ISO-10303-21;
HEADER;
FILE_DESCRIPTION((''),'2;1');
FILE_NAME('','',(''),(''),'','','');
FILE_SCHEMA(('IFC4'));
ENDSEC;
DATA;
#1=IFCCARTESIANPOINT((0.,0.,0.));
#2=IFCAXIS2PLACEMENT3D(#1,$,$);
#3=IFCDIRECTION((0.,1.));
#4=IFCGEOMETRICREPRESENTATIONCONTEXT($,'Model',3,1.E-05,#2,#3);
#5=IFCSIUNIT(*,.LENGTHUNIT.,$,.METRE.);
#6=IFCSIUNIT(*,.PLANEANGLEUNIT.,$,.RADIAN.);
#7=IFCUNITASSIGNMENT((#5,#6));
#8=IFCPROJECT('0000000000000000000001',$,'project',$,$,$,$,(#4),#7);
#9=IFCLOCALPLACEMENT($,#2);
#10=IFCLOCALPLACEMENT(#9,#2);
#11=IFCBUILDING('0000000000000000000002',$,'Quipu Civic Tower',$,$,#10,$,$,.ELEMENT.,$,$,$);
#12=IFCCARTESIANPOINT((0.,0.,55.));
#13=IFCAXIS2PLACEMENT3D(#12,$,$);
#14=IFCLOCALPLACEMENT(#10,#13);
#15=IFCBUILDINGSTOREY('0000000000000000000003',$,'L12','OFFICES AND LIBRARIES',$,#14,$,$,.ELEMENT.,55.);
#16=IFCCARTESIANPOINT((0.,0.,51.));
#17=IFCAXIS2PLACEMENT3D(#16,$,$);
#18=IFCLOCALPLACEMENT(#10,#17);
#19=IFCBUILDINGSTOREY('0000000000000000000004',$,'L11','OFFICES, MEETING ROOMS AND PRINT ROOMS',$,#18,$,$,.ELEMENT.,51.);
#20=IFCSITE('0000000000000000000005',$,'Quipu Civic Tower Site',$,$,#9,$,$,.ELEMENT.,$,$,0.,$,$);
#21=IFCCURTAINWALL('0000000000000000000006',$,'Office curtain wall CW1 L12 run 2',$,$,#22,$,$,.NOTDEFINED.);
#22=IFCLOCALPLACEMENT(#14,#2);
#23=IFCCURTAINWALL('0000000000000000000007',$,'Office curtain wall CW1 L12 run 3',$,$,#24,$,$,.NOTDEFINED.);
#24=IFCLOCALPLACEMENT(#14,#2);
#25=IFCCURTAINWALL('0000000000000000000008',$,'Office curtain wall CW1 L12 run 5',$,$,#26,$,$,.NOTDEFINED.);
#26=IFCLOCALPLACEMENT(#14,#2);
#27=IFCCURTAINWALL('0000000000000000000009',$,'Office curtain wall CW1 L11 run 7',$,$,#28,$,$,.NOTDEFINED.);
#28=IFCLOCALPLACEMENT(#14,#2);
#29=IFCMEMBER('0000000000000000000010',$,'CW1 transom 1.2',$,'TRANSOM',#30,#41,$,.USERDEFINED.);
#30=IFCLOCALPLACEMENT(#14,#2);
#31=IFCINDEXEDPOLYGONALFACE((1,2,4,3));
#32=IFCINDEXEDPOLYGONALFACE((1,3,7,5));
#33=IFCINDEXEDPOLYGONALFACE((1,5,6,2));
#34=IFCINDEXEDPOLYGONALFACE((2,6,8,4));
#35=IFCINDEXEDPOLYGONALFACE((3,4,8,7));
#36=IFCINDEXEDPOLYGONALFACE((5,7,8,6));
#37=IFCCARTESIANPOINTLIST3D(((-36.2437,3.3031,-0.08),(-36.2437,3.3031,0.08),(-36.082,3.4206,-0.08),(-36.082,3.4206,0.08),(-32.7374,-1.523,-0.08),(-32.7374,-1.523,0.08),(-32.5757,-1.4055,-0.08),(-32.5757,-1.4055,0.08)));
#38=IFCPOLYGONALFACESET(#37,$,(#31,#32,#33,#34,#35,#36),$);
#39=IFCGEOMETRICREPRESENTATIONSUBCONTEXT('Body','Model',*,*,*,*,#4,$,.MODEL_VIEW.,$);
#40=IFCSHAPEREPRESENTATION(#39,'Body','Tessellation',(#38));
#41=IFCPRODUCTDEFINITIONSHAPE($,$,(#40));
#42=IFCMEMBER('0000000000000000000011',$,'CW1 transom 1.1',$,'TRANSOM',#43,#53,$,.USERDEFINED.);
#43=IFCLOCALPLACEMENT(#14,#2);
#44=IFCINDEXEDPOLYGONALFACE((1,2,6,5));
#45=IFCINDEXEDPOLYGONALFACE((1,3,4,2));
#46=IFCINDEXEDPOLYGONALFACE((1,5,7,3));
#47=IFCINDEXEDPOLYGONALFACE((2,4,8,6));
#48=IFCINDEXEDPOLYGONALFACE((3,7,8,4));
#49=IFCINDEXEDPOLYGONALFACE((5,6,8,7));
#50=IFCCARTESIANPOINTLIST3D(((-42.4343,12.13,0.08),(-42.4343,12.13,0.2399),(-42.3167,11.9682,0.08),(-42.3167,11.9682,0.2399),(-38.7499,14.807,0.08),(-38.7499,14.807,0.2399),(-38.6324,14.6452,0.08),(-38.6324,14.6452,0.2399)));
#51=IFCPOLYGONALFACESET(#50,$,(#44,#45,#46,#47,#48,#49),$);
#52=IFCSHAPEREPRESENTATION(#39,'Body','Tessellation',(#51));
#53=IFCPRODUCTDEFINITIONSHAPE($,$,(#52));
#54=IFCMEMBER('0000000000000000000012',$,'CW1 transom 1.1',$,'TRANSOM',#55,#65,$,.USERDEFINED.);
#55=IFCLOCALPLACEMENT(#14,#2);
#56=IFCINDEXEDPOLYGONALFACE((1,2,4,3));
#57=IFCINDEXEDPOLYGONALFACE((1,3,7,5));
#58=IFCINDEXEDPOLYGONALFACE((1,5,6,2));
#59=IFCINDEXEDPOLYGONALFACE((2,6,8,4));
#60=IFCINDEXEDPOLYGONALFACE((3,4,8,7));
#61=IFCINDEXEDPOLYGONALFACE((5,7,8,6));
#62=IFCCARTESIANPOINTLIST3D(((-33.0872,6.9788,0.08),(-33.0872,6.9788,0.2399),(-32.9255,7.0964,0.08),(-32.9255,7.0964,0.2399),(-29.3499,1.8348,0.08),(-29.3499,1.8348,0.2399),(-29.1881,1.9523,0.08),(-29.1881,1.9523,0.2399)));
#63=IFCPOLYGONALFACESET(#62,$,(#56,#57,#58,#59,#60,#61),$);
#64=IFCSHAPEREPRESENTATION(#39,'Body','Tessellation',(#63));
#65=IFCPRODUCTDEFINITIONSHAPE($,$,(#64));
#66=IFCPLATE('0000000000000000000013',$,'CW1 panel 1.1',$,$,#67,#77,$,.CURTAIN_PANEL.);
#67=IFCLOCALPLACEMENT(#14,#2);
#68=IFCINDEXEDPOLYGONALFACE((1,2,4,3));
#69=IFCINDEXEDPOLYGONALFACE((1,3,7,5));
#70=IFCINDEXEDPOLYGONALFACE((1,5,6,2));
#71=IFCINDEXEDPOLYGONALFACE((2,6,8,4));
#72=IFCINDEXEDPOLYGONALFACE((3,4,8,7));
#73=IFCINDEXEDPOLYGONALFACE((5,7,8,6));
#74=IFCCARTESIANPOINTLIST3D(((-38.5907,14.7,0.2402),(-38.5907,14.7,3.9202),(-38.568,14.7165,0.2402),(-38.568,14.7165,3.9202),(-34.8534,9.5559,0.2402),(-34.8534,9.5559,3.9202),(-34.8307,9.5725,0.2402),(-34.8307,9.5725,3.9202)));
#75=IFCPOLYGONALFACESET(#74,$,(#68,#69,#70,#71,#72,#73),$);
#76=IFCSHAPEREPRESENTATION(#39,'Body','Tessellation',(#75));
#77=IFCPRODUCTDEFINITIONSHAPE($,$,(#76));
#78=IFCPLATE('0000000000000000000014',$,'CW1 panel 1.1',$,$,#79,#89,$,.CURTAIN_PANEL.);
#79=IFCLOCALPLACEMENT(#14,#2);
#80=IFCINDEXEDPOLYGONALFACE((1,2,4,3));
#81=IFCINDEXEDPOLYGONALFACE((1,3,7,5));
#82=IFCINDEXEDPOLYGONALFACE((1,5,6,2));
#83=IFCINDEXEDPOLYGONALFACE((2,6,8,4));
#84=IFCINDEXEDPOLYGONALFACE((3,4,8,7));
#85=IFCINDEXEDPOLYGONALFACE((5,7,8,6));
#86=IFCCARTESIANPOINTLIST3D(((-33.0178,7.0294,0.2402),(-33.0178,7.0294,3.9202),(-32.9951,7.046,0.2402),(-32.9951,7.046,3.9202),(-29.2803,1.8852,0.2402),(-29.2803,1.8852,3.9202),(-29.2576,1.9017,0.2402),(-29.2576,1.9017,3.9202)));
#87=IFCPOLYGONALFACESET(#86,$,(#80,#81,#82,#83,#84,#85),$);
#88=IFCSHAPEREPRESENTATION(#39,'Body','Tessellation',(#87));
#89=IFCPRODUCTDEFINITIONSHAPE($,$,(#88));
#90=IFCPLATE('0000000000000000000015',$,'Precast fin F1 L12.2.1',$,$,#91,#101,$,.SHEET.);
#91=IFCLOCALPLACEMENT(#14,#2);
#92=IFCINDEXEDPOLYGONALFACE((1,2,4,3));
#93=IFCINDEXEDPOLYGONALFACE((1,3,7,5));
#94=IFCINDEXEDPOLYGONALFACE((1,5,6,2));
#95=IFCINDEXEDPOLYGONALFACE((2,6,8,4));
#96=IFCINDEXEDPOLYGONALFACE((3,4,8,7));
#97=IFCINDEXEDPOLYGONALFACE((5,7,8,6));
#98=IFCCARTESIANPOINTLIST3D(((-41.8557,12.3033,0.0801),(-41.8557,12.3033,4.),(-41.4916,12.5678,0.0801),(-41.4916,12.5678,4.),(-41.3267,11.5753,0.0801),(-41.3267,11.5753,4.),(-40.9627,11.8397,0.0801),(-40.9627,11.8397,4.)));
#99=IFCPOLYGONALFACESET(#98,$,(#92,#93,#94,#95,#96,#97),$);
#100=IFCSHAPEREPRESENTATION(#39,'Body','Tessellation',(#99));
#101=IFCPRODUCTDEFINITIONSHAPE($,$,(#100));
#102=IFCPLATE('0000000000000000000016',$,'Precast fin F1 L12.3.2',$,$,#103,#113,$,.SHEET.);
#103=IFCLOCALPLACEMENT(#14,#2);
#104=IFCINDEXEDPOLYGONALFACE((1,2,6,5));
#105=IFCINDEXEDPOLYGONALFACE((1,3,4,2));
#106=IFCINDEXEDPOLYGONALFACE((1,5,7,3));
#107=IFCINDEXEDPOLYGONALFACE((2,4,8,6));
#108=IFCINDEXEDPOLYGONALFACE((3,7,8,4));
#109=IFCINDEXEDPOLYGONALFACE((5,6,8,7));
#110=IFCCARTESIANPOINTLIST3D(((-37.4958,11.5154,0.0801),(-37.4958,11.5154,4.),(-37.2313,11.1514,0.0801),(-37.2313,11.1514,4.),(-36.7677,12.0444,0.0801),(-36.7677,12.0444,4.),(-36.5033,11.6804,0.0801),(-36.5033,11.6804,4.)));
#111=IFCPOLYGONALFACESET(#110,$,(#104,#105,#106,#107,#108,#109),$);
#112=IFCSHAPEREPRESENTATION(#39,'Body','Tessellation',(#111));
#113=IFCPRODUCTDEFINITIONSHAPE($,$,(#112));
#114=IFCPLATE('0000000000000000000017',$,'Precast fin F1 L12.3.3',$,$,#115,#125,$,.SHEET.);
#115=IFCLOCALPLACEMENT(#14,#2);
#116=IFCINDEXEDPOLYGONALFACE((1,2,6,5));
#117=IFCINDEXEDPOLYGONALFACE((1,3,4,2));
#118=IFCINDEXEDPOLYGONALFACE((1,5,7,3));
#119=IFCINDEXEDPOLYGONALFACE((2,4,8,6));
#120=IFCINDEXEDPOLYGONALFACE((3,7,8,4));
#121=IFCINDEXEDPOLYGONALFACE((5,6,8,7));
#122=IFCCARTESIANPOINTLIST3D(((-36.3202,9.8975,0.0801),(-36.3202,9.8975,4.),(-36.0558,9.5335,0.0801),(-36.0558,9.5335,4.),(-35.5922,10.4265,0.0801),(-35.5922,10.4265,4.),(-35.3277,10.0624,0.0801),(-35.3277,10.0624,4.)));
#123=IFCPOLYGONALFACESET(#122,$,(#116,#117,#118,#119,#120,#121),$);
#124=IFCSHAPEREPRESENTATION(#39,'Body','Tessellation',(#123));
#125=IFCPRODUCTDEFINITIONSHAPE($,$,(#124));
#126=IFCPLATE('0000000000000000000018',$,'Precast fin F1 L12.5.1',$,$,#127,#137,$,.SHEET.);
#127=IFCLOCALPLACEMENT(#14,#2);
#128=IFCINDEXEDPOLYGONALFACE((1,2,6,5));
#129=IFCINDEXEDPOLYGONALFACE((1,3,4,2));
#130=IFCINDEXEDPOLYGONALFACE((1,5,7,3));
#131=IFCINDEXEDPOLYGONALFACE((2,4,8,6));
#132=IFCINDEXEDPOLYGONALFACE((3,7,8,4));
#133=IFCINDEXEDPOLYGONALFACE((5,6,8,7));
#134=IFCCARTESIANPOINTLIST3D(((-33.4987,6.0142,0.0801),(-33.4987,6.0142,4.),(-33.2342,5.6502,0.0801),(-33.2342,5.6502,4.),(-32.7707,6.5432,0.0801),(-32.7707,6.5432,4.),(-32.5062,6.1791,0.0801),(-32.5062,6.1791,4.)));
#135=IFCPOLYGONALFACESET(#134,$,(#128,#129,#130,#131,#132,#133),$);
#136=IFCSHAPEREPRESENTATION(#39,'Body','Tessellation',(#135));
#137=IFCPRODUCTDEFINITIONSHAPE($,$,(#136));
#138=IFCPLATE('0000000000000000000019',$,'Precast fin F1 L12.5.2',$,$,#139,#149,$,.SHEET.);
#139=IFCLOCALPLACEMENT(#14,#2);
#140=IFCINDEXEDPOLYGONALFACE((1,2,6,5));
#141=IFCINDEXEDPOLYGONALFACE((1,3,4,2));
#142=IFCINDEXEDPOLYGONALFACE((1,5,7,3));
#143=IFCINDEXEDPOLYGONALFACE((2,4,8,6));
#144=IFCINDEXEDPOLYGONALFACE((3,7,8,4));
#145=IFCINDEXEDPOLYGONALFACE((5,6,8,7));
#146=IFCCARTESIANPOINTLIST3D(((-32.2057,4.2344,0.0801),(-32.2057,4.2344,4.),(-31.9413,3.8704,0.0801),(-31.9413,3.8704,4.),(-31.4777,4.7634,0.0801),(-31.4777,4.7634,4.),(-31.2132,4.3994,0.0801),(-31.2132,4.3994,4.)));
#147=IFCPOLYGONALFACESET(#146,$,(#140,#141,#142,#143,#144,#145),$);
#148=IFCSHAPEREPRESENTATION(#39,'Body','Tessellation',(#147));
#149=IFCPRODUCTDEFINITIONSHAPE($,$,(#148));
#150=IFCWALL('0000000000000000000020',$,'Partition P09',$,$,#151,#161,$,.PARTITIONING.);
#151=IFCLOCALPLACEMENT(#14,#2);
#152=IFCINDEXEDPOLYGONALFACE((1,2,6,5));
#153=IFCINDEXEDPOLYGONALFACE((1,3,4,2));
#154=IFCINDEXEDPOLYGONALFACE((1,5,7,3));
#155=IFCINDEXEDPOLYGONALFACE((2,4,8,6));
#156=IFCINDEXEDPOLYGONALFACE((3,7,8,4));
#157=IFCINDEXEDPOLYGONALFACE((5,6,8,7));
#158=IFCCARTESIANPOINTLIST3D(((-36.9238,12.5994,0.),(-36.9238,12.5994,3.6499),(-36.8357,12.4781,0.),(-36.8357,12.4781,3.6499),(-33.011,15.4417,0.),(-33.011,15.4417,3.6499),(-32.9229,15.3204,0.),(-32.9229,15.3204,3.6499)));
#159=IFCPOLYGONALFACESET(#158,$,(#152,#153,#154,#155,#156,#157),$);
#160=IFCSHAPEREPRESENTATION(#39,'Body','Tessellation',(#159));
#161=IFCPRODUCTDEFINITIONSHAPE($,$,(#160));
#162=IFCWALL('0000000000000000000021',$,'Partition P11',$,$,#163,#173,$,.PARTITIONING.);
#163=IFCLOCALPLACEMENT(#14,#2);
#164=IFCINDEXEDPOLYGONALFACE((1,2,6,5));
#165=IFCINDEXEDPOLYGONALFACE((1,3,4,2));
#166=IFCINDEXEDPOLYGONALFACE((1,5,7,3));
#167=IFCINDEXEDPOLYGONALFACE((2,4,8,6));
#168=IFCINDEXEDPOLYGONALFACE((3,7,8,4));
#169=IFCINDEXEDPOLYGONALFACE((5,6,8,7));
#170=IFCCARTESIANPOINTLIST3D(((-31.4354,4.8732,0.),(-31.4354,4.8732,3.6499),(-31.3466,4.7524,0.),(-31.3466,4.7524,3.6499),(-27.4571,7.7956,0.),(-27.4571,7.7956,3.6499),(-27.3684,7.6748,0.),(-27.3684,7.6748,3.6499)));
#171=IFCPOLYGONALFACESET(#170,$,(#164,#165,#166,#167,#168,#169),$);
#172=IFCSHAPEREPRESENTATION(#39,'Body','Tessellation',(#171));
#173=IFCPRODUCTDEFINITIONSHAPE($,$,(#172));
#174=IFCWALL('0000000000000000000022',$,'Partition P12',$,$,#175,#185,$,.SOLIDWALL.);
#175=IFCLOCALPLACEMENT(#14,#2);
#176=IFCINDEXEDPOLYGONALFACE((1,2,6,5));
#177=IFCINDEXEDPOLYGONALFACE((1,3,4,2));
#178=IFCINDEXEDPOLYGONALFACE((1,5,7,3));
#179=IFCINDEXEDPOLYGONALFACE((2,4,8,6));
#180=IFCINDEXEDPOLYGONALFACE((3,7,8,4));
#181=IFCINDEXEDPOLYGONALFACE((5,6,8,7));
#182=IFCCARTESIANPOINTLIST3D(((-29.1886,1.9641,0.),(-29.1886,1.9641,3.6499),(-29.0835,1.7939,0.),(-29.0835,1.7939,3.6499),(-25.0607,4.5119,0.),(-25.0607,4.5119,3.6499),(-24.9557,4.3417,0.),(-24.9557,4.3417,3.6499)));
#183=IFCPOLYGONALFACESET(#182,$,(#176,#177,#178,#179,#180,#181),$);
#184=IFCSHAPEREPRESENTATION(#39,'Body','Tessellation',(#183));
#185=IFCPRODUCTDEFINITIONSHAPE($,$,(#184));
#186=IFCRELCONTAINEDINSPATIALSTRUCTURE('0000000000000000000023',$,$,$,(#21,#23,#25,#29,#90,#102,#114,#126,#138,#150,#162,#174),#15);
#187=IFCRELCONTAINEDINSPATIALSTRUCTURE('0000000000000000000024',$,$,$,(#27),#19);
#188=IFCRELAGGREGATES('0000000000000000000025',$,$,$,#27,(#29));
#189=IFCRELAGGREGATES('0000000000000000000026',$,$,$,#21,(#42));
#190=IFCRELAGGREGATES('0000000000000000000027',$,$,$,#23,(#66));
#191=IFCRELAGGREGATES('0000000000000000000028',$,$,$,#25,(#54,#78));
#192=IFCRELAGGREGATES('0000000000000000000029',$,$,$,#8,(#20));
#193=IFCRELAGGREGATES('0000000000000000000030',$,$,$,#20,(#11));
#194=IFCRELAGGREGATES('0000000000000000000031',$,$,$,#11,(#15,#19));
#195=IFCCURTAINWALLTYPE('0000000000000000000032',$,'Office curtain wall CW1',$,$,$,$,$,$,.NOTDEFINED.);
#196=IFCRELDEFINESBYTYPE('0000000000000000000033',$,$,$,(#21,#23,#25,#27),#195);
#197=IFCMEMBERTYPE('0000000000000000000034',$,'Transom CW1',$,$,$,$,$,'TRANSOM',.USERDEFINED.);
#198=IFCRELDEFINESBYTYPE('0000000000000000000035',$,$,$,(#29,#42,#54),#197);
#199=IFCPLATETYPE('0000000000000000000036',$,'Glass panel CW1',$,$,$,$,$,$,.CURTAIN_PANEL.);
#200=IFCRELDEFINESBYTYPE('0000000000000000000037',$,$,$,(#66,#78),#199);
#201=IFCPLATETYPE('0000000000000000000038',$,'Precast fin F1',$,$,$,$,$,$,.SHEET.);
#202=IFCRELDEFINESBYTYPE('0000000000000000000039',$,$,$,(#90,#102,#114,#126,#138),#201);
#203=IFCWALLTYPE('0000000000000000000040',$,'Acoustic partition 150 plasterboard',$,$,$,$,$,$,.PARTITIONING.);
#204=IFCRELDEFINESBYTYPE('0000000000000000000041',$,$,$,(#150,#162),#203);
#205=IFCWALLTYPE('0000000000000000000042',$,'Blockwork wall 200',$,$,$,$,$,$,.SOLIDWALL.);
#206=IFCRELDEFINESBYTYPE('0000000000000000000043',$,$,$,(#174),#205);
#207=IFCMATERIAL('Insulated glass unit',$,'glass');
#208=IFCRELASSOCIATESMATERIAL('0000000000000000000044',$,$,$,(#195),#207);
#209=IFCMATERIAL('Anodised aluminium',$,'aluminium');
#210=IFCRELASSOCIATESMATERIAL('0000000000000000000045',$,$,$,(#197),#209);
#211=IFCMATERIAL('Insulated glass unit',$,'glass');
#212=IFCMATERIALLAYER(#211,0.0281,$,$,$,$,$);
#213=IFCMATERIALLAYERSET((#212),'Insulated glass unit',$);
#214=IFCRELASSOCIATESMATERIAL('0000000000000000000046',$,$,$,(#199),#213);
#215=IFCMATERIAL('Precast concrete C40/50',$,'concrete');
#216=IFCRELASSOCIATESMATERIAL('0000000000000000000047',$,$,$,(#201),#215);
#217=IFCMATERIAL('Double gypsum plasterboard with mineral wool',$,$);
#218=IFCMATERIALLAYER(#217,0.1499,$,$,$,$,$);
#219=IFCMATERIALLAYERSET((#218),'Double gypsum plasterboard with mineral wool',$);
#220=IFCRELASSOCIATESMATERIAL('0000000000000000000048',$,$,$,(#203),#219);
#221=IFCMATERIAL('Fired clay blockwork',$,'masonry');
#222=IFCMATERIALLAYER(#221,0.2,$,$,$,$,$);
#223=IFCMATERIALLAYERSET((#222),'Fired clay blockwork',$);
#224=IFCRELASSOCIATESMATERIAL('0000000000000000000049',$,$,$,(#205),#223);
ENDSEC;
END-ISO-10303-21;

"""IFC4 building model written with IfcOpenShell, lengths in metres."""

from ifc_helpers import new_model, si_unit, direction, frame, frame_2d, origin, origin_2d, place, context, subcontext, project, spatial, rectangle, extrude, material, layer, layer_set, material_profile, profile_set, type_object, element, aggregate, save


model = new_model("IFC4")

# Units and contexts
model_context = context("Model", 3, precision=1e-05, world=origin(), true_north=direction((0.0, 1.0)))
body_context = subcontext(model_context, "Body", "Model", "MODEL_VIEW")
ifc_project = project(units=[si_unit("LENGTHUNIT", "METRE"), si_unit("PLANEANGLEUNIT", "RADIAN")], contexts=[model_context])

# Site, building, storey
site_placement = place(None, origin())
site = spatial("IfcSite", under=ifc_project, at=site_placement, Name="Quipu Civic Tower Site", CompositionType="ELEMENT", RefElevation=0.0)
building_placement = place(site_placement, origin())
building = spatial("IfcBuilding", under=site, at=building_placement, Name="Quipu Civic Tower", CompositionType="ELEMENT")
storey_1_placement = place(building_placement, frame((0.0, 0.0, 55.0)))
storey_1 = spatial("IfcBuildingStorey", under=building, at=storey_1_placement, Name="L12", Description="OFFICES AND LIBRARIES", CompositionType="ELEMENT", Elevation=55.0)

# Curtain walls
ifc_material_1 = material(Name="Insulated glass unit", Category="glass")
curtain_wall_type = type_object("IfcCurtainWallType", Name="Office curtain wall CW1", PredefinedType="NOTDEFINED", material=ifc_material_1)
curtain_wall_1_placement = place(storey_1_placement, origin())
curtain_wall_1 = element("IfcCurtainWall", 1, at=curtain_wall_1_placement, inside=storey_1, type_object=curtain_wall_type, Name="Office curtain wall CW1 L12 run 2", PredefinedType="NOTDEFINED")
curtain_wall_2_placement = place(storey_1_placement, origin())
curtain_wall_2 = element("IfcCurtainWall", 2, at=curtain_wall_2_placement, inside=storey_1, type_object=curtain_wall_type, Name="Office curtain wall CW1 L12 run 3", PredefinedType="NOTDEFINED")

# Curtain wall
curtain_wall_3_placement = place(storey_1_placement, origin())
curtain_wall_3 = element("IfcCurtainWall", 3, at=curtain_wall_3_placement, inside=storey_1, type_object=curtain_wall_type, Name="Office curtain wall CW1 L12 run 5", PredefinedType="NOTDEFINED")

# Shared definitions
storey_2_placement = place(building_placement, frame((0.0, 0.0, 51.0)))
storey_2 = spatial("IfcBuildingStorey", under=building, at=storey_2_placement, Name="L11", Description="OFFICES, MEETING ROOMS AND PRINT ROOMS", CompositionType="ELEMENT", Elevation=51.0)

# Curtain wall, member
ifc_material_2 = material(Name="Anodised aluminium", Category="aluminium")
ifc_material_profile_1 = material_profile(ifc_material_2, rectangle(XDim=0.2, YDim=0.1599, at=origin_2d()), Name="RECT 200x160")
ifc_profile_set_1 = profile_set([ifc_material_profile_1], Name="Anodised aluminium")
member_type_1 = type_object("IfcMemberType", Name="Transom CW1", ElementType="TRANSOM", PredefinedType="USERDEFINED", material=ifc_profile_set_1)
curtain_wall_4_placement = place(storey_2_placement, origin())
curtain_wall_4 = element("IfcCurtainWall", 4, at=curtain_wall_4_placement, inside=storey_2, type_object=curtain_wall_type, Name="Office curtain wall CW1 L11 run 7", PredefinedType="NOTDEFINED")
member_1_placement = place(storey_1_placement, frame((-36.1628, 3.3618, 0.0), z_axis=(0.587777, -0.809023, 0.0), x_axis=(0.809023, 0.587777, 0.0)))
member_1 = element("IfcMember", 5, at=member_1_placement, inside=storey_1, type_object=member_type_1, Name="CW1 transom 1.2", ObjectType="TRANSOM", PredefinedType="USERDEFINED", context=body_context, shape_type="SweptSolid", body=[
    extrude(rectangle(XDim=0.2, YDim=0.1599, at=origin_2d()), origin(), (0.0, 0.0, 1.0), 5.9653),
])
aggregate(curtain_wall_4, [member_1])

# Members
member_2_placement = place(storey_1_placement, frame((-42.3755, 12.0491, 0.1599), z_axis=(0.808998, 0.587811, 0.0), x_axis=(-0.587811, 0.808998, 0.0)))
member_2 = element("IfcMember", 6, at=member_2_placement, type_object=member_type_1, Name="CW1 transom 1.1", ObjectType="TRANSOM", PredefinedType="USERDEFINED", context=body_context, shape_type="SweptSolid", body=[
    extrude(rectangle(XDim=0.2, YDim=0.1599, at=origin_2d()), origin(), (0.0, 0.0, 1.0), 4.5542),
])
aggregate(curtain_wall_1, [member_2])
member_3_placement = place(storey_1_placement, frame((-33.0063, 7.0376, 0.1599), z_axis=(0.587779, -0.809022, 0.0), x_axis=(0.809022, 0.587779, 0.0)))
member_3 = element("IfcMember", 7, at=member_3_placement, type_object=member_type_1, Name="CW1 transom 1.1", ObjectType="TRANSOM", PredefinedType="USERDEFINED", context=body_context, shape_type="SweptSolid", body=[
    extrude(rectangle(XDim=0.2, YDim=0.1599, at=origin_2d()), origin(), (0.0, 0.0, 1.0), 6.3584),
])

# Plates
ifc_material_3 = material(Name="Insulated glass unit", Category="glass")
ifc_layer_1 = layer(ifc_material_3, 0.0281)
ifc_layer_set_1 = layer_set([ifc_layer_1], Name="Insulated glass unit")
plate_type_1 = type_object("IfcPlateType", Name="Glass panel CW1", PredefinedType="CURTAIN_PANEL", material=ifc_layer_set_1)
plate_1_placement = place(storey_1_placement, frame((-36.7107, 12.1362, 0.2402), z_axis=(0.0, 0.0, 1.0), x_axis=(0.587783, -0.809019, 0.0)))
plate_1 = element("IfcPlate", 8, at=plate_1_placement, type_object=plate_type_1, Name="CW1 panel 1.1", PredefinedType="CURTAIN_PANEL", context=body_context, shape_type="SweptSolid", body=[
    extrude(rectangle(XDim=6.3584, YDim=0.0281, at=origin_2d()), origin(), (0.0, 0.0, 1.0), 3.6799),
])
aggregate(curtain_wall_2, [plate_1])
plate_2_placement = place(storey_1_placement, frame((-31.1377, 4.4656, 0.2402), z_axis=(0.0, 0.0, 1.0), x_axis=(0.587786, -0.809017, 0.0)))
plate_2 = element("IfcPlate", 9, at=plate_2_placement, type_object=plate_type_1, Name="CW1 panel 1.1", PredefinedType="CURTAIN_PANEL", context=body_context, shape_type="SweptSolid", body=[
    extrude(rectangle(XDim=6.3586, YDim=0.0281, at=origin_2d()), origin(), (0.0, 0.0, 1.0), 3.6799),
])
aggregate(curtain_wall_3, [member_3, plate_2])

# Plates
ifc_material_4 = material(Name="Precast concrete C40/50", Category="concrete")
plate_type_2 = type_object("IfcPlateType", Name="Precast fin F1", PredefinedType="SHEET", material=ifc_material_4)
for number, where, z_axis, x_axis, name in (
    (10, (-41.4092, 12.0715, 0.0801), (0.0, 0.0, 1.0), (0.809023, 0.587777, 0.0), "Precast fin F1 L12.2.1"),
    (11, (-36.9995, 11.5979, 0.0801), (0.0, 0.0, 1.0), (0.587787, -0.809016, 0.0), "Precast fin F1 L12.3.2"),
    (12, (-35.824, 9.98, 0.0801), (0.0, 0.0, 1.0), (0.587787, -0.809016, 0.0), "Precast fin F1 L12.3.3"),
    (13, (-33.0024, 6.0967, 0.0801), (0.0, 0.0, 1.0), (0.587787, -0.809016, 0.0), "Precast fin F1 L12.5.1"),
    (14, (-31.7095, 4.3169, 0.0801), (0.0, 0.0, 1.0), (0.587787, -0.809016, 0.0), "Precast fin F1 L12.5.2"),
):
    element("IfcPlate", number, at=place(storey_1_placement, frame(where, z_axis=z_axis, x_axis=x_axis)), inside=storey_1, type_object=plate_type_2, Name=name, PredefinedType="SHEET", context=body_context, shape_type="SweptSolid", body=[
        extrude(rectangle(XDim=0.45, YDim=0.8999, at=origin_2d()), origin(), (0.0, 0.0, 1.0), 3.9199),
    ])

# Walls
ifc_material_5 = material(Name="Double gypsum plasterboard with mineral wool")
ifc_layer_2 = layer(ifc_material_5, 0.1499)
ifc_layer_set_2 = layer_set([ifc_layer_2], Name="Double gypsum plasterboard with mineral wool")
wall_type_1 = type_object("IfcWallType", Name="Acoustic partition 150 plasterboard", PredefinedType="PARTITIONING", material=ifc_layer_set_2)
wall_1_placement = place(storey_1_placement, frame((-36.8796, 12.5388, 0.0), z_axis=(0.0, 0.0, 1.0), x_axis=(0.809072, 0.587709, 0.0)))
element("IfcWall", 15, at=wall_1_placement, inside=storey_1, type_object=wall_type_1, Name="Partition P09", PredefinedType="PARTITIONING", context=body_context, shape_type="SweptSolid", body=[
    extrude(rectangle(XDim=4.8362, YDim=0.1499, at=frame_2d((2.418, 0.0))), origin(), (0.0, 0.0, 1.0), 3.6499),
])
wall_2_placement = place(storey_1_placement, frame((-31.3911, 4.8127, 0.0), z_axis=(0.0, 0.0, 1.0), x_axis=(0.805925, 0.592017, 0.0)))
element("IfcWall", 16, at=wall_2_placement, inside=storey_1, type_object=wall_type_1, Name="Partition P11", PredefinedType="PARTITIONING", context=body_context, shape_type="SweptSolid", body=[
    extrude(rectangle(XDim=4.9363, YDim=0.1499, at=frame_2d((2.4683, 0.0))), origin(), (0.0, 0.0, 1.0), 3.6499),
])
ifc_material_6 = material(Name="Fired clay blockwork", Category="masonry")
ifc_layer_3 = layer(ifc_material_6, 0.2)
ifc_layer_set_3 = layer_set([ifc_layer_3], Name="Fired clay blockwork")
wall_type_2 = type_object("IfcWallType", Name="Blockwork wall 200", PredefinedType="SOLIDWALL", material=ifc_layer_set_3)
wall_3_placement = place(storey_1_placement, frame((-25.0083, 4.4268, 0.0), z_axis=(0.0, 0.0, 1.0), x_axis=(-0.850959, -0.525231, 0.0)))
element("IfcWall", 17, at=wall_3_placement, inside=storey_1, type_object=wall_type_2, Name="Partition P12", PredefinedType="SOLIDWALL", context=body_context, shape_type="SweptSolid", body=[
    extrude(rectangle(XDim=4.8508, YDim=0.2, at=frame_2d((2.4253, 0.0))), origin(), (0.0, 0.0, 1.0), 3.6499),
])

save(model, "model.ifc")
